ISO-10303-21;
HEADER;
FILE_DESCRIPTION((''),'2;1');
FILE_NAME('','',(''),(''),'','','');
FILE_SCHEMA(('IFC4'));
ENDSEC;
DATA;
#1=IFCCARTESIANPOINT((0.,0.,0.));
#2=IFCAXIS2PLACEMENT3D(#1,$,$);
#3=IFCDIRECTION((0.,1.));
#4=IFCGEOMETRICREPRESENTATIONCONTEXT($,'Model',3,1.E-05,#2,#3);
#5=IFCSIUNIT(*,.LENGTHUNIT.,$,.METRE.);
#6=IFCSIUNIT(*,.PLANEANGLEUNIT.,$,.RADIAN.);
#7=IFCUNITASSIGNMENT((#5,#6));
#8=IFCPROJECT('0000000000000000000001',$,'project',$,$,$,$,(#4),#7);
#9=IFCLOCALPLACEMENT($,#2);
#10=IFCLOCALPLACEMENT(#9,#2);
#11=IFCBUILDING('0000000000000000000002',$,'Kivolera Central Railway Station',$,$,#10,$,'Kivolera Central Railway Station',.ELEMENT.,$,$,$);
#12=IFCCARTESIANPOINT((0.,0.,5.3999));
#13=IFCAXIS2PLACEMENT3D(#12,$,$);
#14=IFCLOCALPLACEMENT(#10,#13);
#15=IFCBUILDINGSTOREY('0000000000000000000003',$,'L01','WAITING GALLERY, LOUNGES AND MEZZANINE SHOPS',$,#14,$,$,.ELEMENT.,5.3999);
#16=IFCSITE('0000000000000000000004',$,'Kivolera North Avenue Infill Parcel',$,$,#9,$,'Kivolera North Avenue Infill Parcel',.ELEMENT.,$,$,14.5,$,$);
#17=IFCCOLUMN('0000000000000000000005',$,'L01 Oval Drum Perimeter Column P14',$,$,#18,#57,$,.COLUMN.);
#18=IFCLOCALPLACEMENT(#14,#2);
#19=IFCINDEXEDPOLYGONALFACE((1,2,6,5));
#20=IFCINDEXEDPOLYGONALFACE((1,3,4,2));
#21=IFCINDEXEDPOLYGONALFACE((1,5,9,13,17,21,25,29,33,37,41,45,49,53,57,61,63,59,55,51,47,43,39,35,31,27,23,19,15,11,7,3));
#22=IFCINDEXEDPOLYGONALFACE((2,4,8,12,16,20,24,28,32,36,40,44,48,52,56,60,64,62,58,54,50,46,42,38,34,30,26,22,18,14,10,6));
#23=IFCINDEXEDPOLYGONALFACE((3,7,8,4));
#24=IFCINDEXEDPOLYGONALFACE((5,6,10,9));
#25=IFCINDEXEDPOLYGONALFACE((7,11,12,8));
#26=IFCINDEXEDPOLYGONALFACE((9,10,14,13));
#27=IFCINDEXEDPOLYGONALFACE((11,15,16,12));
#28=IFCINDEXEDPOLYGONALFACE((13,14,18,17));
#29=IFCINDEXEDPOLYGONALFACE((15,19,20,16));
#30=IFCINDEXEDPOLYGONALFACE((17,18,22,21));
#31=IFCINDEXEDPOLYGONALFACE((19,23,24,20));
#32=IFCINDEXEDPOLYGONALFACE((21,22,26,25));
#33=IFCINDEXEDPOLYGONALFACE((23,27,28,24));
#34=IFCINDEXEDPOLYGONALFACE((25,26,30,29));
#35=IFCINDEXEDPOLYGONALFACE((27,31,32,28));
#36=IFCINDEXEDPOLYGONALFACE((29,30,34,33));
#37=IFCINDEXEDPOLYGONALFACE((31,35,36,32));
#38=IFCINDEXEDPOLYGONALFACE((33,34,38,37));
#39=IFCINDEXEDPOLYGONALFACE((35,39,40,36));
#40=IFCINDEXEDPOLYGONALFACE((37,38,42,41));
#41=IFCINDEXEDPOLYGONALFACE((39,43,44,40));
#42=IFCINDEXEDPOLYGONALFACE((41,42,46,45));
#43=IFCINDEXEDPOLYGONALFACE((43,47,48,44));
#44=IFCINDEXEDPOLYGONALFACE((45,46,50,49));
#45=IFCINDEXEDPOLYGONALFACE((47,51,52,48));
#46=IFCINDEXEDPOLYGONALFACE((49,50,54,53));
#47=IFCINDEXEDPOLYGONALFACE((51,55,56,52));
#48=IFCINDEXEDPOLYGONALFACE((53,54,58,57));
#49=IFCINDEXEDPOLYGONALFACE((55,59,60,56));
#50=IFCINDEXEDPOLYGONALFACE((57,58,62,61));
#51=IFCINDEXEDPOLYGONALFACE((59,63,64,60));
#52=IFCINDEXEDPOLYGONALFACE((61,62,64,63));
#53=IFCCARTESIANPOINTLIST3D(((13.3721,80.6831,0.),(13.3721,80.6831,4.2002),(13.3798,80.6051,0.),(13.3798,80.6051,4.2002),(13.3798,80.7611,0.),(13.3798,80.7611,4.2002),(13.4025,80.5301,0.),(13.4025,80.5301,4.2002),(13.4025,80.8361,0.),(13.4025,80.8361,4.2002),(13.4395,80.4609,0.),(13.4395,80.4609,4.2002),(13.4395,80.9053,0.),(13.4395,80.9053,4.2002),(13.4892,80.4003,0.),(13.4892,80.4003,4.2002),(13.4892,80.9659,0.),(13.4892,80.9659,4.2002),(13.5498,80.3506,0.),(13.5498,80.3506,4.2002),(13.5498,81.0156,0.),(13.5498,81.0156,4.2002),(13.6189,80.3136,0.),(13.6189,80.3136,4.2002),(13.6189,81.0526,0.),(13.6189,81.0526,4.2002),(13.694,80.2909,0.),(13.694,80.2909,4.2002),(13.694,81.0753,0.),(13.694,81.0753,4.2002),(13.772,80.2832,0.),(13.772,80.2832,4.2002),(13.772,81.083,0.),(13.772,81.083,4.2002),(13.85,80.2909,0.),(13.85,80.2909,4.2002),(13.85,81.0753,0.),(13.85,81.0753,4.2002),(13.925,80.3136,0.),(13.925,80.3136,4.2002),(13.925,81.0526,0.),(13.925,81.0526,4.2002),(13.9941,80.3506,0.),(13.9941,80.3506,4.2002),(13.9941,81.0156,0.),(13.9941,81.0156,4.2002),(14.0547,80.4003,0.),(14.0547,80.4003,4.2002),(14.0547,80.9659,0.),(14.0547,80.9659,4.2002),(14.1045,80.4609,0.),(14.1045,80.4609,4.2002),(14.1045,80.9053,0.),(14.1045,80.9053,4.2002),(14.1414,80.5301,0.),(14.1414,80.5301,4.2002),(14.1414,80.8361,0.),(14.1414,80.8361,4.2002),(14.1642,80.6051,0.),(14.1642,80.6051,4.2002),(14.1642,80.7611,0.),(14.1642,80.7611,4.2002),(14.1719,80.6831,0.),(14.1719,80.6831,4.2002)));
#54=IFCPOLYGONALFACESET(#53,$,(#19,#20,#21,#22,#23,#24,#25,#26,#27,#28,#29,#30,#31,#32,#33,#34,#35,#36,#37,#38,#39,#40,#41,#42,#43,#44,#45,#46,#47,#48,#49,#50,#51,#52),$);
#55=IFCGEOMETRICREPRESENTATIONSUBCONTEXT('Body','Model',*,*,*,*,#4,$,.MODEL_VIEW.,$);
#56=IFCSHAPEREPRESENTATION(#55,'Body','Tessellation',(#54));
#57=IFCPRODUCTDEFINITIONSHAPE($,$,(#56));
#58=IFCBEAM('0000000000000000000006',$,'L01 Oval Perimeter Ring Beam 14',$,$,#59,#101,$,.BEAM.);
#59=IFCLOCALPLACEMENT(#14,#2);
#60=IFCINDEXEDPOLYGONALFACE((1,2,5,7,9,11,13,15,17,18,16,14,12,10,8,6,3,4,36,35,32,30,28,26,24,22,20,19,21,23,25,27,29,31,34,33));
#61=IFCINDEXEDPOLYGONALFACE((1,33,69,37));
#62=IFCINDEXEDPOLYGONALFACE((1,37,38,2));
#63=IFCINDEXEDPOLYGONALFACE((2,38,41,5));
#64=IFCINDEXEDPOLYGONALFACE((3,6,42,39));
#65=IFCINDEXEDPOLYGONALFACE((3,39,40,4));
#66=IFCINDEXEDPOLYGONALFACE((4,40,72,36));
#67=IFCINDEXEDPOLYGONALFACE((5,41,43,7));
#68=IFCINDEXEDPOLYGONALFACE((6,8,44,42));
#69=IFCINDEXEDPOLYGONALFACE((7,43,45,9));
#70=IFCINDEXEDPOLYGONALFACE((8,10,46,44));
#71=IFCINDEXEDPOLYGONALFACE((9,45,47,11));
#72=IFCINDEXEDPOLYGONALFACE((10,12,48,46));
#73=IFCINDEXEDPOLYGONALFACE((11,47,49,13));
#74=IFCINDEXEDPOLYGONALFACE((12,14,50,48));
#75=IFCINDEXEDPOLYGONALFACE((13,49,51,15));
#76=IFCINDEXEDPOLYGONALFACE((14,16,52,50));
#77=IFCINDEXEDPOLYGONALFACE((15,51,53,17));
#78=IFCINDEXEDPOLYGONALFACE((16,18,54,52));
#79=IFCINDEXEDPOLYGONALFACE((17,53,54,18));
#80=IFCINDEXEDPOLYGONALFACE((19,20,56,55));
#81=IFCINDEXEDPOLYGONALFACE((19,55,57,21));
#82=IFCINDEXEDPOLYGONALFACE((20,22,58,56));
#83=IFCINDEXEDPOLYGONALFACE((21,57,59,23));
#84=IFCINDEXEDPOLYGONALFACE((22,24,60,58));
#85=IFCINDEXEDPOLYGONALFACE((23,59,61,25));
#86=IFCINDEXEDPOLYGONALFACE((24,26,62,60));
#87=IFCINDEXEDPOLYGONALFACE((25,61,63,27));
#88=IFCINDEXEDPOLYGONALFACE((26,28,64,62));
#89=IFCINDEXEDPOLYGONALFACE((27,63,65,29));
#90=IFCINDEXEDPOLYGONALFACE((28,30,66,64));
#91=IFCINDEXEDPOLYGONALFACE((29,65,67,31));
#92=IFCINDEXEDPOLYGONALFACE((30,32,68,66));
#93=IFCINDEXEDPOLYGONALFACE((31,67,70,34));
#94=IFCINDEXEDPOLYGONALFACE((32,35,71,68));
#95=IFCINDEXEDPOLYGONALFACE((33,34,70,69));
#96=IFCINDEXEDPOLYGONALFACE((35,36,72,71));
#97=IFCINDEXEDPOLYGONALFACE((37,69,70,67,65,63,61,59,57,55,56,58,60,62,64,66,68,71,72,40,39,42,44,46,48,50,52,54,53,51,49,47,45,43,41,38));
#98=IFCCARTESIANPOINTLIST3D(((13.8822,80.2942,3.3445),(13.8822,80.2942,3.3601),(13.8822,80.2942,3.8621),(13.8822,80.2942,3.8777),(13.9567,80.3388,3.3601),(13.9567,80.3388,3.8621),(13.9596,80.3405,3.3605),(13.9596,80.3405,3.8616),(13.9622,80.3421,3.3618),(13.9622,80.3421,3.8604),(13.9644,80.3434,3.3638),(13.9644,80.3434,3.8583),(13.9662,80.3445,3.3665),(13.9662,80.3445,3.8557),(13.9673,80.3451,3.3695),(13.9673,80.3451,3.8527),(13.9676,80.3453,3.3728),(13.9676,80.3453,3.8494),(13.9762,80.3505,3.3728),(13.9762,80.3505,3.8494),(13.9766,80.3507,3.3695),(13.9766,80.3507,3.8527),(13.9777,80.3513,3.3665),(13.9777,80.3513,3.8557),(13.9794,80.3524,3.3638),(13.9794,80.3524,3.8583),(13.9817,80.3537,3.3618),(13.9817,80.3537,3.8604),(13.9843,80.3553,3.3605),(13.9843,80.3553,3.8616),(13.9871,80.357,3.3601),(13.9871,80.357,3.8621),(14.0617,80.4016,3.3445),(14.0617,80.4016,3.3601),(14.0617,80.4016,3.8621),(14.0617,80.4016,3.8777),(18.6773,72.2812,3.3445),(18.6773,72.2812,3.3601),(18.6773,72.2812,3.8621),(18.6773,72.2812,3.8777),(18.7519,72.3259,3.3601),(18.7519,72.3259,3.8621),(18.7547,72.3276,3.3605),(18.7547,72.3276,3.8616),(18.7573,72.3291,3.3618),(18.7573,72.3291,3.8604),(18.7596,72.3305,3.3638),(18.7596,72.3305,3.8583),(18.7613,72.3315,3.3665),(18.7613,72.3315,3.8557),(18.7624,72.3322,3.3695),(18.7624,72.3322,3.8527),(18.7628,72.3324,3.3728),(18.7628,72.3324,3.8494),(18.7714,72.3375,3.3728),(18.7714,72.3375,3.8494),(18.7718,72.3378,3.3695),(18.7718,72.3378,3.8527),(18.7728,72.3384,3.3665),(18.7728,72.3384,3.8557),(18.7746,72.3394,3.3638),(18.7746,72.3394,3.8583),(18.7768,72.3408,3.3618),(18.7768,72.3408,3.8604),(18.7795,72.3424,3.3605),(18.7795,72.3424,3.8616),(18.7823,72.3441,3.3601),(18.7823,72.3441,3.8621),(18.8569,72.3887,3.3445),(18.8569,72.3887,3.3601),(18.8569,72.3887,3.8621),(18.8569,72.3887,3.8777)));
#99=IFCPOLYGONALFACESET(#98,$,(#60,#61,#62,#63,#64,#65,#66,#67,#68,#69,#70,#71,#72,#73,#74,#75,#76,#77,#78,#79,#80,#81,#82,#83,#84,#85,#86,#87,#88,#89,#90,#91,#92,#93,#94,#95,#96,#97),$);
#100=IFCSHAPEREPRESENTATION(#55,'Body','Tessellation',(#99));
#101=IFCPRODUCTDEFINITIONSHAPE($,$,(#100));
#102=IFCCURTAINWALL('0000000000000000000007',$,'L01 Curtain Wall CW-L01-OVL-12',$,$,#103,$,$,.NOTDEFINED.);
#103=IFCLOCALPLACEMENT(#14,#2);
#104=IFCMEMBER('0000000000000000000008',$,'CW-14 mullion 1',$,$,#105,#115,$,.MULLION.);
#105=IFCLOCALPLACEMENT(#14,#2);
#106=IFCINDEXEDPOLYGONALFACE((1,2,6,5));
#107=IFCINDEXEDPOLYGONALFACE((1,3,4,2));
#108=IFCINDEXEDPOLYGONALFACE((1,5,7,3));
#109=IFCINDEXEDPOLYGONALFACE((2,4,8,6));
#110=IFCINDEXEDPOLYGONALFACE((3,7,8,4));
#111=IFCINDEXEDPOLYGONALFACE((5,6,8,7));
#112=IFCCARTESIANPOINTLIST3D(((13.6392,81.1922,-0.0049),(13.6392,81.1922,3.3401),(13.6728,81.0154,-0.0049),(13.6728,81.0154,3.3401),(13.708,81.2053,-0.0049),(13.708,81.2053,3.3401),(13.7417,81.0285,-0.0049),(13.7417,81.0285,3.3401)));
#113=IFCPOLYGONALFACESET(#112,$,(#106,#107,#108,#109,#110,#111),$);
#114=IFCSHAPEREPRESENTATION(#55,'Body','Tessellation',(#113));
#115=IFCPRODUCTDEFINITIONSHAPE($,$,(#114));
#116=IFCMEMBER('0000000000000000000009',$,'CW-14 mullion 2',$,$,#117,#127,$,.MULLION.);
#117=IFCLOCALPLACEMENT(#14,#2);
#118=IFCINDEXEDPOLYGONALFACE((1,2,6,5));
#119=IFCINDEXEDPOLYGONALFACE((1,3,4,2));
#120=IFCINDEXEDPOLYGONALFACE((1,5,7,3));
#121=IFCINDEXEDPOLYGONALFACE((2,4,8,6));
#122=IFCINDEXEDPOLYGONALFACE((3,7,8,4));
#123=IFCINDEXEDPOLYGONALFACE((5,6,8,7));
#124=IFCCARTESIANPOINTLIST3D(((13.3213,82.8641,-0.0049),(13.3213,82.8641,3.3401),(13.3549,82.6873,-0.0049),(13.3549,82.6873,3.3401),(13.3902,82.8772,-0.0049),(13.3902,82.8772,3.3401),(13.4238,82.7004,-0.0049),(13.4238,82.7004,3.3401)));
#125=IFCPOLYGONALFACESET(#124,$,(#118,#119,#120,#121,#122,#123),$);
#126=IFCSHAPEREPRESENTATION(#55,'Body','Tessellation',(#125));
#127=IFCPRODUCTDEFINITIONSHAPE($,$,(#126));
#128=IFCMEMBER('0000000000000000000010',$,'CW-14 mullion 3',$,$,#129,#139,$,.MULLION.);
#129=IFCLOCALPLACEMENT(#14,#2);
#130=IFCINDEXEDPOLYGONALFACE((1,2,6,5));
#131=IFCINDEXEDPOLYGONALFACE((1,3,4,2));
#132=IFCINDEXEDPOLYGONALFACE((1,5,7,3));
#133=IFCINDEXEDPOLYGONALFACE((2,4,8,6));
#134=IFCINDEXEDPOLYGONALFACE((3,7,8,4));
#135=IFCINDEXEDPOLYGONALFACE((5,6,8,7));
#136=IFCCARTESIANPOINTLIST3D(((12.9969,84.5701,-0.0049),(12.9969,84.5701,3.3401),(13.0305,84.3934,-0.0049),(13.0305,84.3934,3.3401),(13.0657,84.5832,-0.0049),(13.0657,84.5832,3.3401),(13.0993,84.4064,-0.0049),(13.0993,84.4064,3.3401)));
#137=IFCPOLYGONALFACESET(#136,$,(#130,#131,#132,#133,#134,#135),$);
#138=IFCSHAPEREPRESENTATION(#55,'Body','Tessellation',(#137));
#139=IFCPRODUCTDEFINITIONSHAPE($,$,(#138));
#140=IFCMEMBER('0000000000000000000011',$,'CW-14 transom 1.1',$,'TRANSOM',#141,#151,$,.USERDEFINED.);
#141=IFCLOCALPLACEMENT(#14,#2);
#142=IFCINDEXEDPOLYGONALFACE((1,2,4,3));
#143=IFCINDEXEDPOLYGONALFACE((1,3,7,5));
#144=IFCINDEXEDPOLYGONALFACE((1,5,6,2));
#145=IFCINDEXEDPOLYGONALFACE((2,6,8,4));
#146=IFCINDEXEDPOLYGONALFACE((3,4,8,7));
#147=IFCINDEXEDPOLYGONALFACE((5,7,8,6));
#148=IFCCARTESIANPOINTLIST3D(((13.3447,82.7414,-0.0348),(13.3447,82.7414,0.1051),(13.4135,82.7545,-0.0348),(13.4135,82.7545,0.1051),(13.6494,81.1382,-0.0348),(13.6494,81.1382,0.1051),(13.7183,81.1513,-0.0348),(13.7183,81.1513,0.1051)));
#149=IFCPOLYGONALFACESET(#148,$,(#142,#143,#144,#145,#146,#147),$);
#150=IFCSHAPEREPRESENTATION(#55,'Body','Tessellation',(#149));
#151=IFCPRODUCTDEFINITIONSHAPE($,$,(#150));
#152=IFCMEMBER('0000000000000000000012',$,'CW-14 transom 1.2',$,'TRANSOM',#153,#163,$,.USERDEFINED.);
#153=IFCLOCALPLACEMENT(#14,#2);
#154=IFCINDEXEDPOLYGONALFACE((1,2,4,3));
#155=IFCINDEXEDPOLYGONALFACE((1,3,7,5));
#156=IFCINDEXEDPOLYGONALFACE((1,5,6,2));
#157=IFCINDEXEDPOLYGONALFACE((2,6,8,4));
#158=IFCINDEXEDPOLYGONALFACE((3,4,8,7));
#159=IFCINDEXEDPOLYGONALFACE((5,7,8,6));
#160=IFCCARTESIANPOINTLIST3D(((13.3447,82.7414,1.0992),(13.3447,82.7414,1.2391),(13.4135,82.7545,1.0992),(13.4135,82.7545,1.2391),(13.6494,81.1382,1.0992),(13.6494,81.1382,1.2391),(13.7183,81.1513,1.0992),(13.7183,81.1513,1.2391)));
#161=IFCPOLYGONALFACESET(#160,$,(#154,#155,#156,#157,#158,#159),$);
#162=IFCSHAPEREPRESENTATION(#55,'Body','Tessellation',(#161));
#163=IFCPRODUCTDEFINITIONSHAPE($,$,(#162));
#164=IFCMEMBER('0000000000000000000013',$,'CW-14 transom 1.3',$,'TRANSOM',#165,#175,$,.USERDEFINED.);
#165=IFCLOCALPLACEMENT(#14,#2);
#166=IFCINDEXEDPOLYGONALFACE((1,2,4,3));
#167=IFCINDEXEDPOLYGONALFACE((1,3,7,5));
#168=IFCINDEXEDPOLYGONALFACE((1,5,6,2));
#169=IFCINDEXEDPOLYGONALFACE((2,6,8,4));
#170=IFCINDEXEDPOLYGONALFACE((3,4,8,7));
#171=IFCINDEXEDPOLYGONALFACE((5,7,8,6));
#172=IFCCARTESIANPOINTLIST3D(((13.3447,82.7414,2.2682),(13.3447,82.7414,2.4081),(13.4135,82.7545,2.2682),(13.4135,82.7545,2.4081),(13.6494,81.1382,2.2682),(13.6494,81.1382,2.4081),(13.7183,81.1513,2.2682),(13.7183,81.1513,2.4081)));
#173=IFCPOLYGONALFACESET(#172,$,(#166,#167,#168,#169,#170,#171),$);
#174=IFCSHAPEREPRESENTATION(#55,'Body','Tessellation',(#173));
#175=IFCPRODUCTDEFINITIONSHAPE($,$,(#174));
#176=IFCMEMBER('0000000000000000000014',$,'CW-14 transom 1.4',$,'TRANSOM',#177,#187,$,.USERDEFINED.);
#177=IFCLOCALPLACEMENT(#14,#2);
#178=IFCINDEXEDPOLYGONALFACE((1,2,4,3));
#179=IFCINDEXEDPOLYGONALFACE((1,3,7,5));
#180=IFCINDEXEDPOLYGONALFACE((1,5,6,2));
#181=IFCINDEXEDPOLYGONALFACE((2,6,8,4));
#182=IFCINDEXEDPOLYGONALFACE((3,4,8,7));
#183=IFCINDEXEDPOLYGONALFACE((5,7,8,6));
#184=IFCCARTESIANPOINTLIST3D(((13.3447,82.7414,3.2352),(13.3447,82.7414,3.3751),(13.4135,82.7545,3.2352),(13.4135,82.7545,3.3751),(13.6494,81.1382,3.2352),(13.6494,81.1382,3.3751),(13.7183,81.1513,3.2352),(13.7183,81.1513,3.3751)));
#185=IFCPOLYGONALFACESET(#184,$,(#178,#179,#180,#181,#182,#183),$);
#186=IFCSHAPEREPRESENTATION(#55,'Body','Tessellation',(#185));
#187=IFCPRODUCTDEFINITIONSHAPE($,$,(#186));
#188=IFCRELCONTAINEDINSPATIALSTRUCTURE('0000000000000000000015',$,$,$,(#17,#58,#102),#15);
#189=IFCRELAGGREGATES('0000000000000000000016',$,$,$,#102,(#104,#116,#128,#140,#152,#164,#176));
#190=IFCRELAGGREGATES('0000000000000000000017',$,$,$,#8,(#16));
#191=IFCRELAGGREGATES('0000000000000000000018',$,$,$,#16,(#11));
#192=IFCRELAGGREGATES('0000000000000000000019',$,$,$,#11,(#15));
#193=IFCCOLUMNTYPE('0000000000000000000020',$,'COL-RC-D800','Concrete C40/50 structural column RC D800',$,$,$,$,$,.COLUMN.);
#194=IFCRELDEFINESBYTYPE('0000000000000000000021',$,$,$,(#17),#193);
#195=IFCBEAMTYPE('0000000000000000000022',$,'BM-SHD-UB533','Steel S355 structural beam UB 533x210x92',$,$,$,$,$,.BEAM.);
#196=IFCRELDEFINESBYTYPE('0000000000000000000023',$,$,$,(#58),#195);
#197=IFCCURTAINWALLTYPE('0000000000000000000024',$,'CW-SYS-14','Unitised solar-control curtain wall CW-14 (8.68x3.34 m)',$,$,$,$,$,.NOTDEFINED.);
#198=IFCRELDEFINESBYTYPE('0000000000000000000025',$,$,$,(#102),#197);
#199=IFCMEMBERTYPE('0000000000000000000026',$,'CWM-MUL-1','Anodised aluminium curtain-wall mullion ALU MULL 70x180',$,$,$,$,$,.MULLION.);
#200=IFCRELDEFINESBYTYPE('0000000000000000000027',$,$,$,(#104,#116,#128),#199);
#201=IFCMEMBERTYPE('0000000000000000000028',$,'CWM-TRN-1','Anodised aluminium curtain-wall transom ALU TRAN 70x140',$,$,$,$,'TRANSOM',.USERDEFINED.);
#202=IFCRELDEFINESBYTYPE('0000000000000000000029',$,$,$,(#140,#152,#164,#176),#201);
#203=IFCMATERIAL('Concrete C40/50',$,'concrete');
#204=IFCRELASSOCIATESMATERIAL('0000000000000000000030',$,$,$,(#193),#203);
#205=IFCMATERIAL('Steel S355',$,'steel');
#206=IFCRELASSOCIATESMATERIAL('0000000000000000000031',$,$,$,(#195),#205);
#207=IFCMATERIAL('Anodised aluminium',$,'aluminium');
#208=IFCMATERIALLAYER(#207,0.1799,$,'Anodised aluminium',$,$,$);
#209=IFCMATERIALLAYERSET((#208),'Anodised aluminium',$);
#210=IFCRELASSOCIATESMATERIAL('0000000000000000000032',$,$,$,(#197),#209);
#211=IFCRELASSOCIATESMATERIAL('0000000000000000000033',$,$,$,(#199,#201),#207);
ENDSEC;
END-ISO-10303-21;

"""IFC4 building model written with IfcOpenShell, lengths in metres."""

from ifc_helpers import new_model, si_unit, direction, frame, origin, origin_2d, place, context, subcontext, project, spatial, rectangle, circle, i_section, extrude, material, layer, layer_set, material_profile, profile_set, type_object, element, aggregate, save


model = new_model("IFC4")

# Units and contexts
model_context = context("Model", 3, precision=1e-05, world=origin(), true_north=direction((0.0, 1.0)))
body_context = subcontext(model_context, "Body", "Model", "MODEL_VIEW")
ifc_project = project(units=[si_unit("LENGTHUNIT", "METRE"), si_unit("PLANEANGLEUNIT", "RADIAN")], contexts=[model_context])

# Site, building, storey
site_placement = place(None, origin())
site = spatial("IfcSite", under=ifc_project, at=site_placement, Name="Kivolera North Avenue Infill Parcel", LongName="Kivolera North Avenue Infill Parcel", CompositionType="ELEMENT", RefElevation=14.5)
building_placement = place(site_placement, origin())
building = spatial("IfcBuilding", under=site, at=building_placement, Name="Kivolera Central Railway Station", LongName="Kivolera Central Railway Station", CompositionType="ELEMENT")
storey_placement = place(building_placement, frame((0.0, 0.0, 5.3999)))
storey = spatial("IfcBuildingStorey", under=building, at=storey_placement, Name="L01", Description="WAITING GALLERY, LOUNGES AND MEZZANINE SHOPS", CompositionType="ELEMENT", Elevation=5.3999)

# Column
ifc_material_1 = material(Name="Concrete C40/50", Category="concrete")
ifc_material_profile_1 = material_profile(ifc_material_1, circle(Radius=0.3999, at=origin_2d()), Name="RC D800")
ifc_profile_set_1 = profile_set([ifc_material_profile_1], Name="Concrete C40/50")
column_type = type_object("IfcColumnType", Name="COL-RC-D800", Description="Concrete C40/50 structural column RC D800", PredefinedType="COLUMN", material=ifc_profile_set_1)
column_placement = place(storey_placement, frame((13.772, 80.6831, 0.0), z_axis=(0.0, 0.0, 1.0), x_axis=(1.0, 0.0, 0.0)))
element("IfcColumn", 1, at=column_placement, inside=storey, type_object=column_type, Name="L01 Oval Drum Perimeter Column P14", PredefinedType="COLUMN", context=body_context, shape_type="SweptSolid", body=[
    extrude(circle(Radius=0.3999, at=origin_2d()), origin(), (0.0, 0.0, 1.0), 4.2002),
])

# Beam
ifc_material_2 = material(Name="Steel S355", Category="steel")
ifc_material_profile_2 = material_profile(ifc_material_2, i_section(OverallWidth=0.2092, OverallDepth=0.5332, WebThickness=0.01, FlangeThickness=0.0156, FilletRadius=0.0127, at=origin_2d()), Name="UB 533x210x92")
ifc_profile_set_2 = profile_set([ifc_material_profile_2], Name="Steel S355")
beam_type = type_object("IfcBeamType", Name="BM-SHD-UB533", Description="Steel S355 structural beam UB 533x210x92", PredefinedType="BEAM", material=ifc_profile_set_2)
beam_placement = place(storey_placement, frame((13.9719, 80.3479, 3.6111), z_axis=(0.513503, -0.858088, 0.0), x_axis=(0.858088, 0.513503, 0.0)))
element("IfcBeam", 2, at=beam_placement, inside=storey, type_object=beam_type, Name="L01 Oval Perimeter Ring Beam 14", PredefinedType="BEAM", context=body_context, shape_type="SweptSolid", body=[
    extrude(i_section(OverallWidth=0.2092, OverallDepth=0.5332, WebThickness=0.01, FlangeThickness=0.0156, FilletRadius=0.0127, at=origin_2d()), origin(), (0.0, 0.0, 1.0), 9.3381),
])

# Curtain wall, members
ifc_material_3 = material(Name="Anodised aluminium", Category="aluminium")
ifc_layer_1 = layer(ifc_material_3, 0.1799, Name="Anodised aluminium")
ifc_layer_set_1 = layer_set([ifc_layer_1], Name="Anodised aluminium")
curtain_wall_type = type_object("IfcCurtainWallType", Name="CW-SYS-14", Description="Unitised solar-control curtain wall CW-14 (8.68x3.34 m)", PredefinedType="NOTDEFINED", material=ifc_layer_set_1)
curtain_wall_placement = place(storey_placement, origin())
curtain_wall = element("IfcCurtainWall", 3, at=curtain_wall_placement, inside=storey, type_object=curtain_wall_type, Name="L01 Curtain Wall CW-L01-OVL-12", PredefinedType="NOTDEFINED")
ifc_material_profile_3 = material_profile(ifc_material_3, rectangle(XDim=0.0701, YDim=0.1799, at=origin_2d()), Name="ALU MULL 70x180")
ifc_profile_set_3 = profile_set([ifc_material_profile_3], Name="Anodised aluminium")
member_type_1 = type_object("IfcMemberType", Name="CWM-MUL-1", Description="Anodised aluminium curtain-wall mullion ALU MULL 70x180", PredefinedType="MULLION", material=ifc_profile_set_3)
member_1_placement = place(storey_placement, frame((13.6904, 81.1104, -0.0049), z_axis=(0.0, 0.0, 1.0), x_axis=(-0.982401, -0.186784, 0.0)))
member_1 = element("IfcMember", 4, at=member_1_placement, type_object=member_type_1, Name="CW-14 mullion 1", PredefinedType="MULLION", context=body_context, shape_type="SweptSolid", body=[
    extrude(rectangle(XDim=0.0701, YDim=0.1799, at=origin_2d()), origin(), (0.0, 0.0, 1.0), 3.345),
])
member_2_placement = place(storey_placement, frame((13.3726, 82.7822, -0.0049), z_axis=(0.0, 0.0, 1.0), x_axis=(-0.982401, -0.186784, 0.0)))
member_2 = element("IfcMember", 5, at=member_2_placement, type_object=member_type_1, Name="CW-14 mullion 2", PredefinedType="MULLION", context=body_context, shape_type="SweptSolid", body=[
    extrude(rectangle(XDim=0.0701, YDim=0.1799, at=origin_2d()), origin(), (0.0, 0.0, 1.0), 3.345),
])
member_3_placement = place(storey_placement, frame((13.0481, 84.4883, -0.0049), z_axis=(0.0, 0.0, 1.0), x_axis=(-0.982401, -0.186784, 0.0)))
member_3 = element("IfcMember", 6, at=member_3_placement, type_object=member_type_1, Name="CW-14 mullion 3", PredefinedType="MULLION", context=body_context, shape_type="SweptSolid", body=[
    extrude(rectangle(XDim=0.0701, YDim=0.1799, at=origin_2d()), origin(), (0.0, 0.0, 1.0), 3.345),
])
ifc_material_profile_4 = material_profile(ifc_material_3, rectangle(XDim=0.0701, YDim=0.1399, at=origin_2d()), Name="ALU TRAN 70x140")
ifc_profile_set_4 = profile_set([ifc_material_profile_4], Name="Anodised aluminium")
member_type_2 = type_object("IfcMemberType", Name="CWM-TRN-1", Description="Anodised aluminium curtain-wall transom ALU TRAN 70x140", ElementType="TRANSOM", PredefinedType="USERDEFINED", material=ifc_profile_set_4)
member_4_placement = place(storey_placement, frame((13.6838, 81.1448, 0.0352), z_axis=(-0.186727, 0.982412, 0.0), x_axis=(-0.982412, -0.186727, 0.0)))
member_4 = element("IfcMember", 7, at=member_4_placement, type_object=member_type_2, Name="CW-14 transom 1.1", ObjectType="TRANSOM", PredefinedType="USERDEFINED", context=body_context, shape_type="SweptSolid", body=[
    extrude(rectangle(XDim=0.0701, YDim=0.1399, at=origin_2d()), origin(), (0.0, 0.0, 1.0), 1.6318),
])
member_5_placement = place(storey_placement, frame((13.6838, 81.1448, 1.1692), z_axis=(-0.186727, 0.982412, 0.0), x_axis=(-0.982412, -0.186727, 0.0)))
member_5 = element("IfcMember", 8, at=member_5_placement, type_object=member_type_2, Name="CW-14 transom 1.2", ObjectType="TRANSOM", PredefinedType="USERDEFINED", context=body_context, shape_type="SweptSolid", body=[
    extrude(rectangle(XDim=0.0701, YDim=0.1399, at=origin_2d()), origin(), (0.0, 0.0, 1.0), 1.6318),
])
member_6_placement = place(storey_placement, frame((13.6838, 81.1448, 2.3381), z_axis=(-0.186727, 0.982412, 0.0), x_axis=(-0.982412, -0.186727, 0.0)))
member_6 = element("IfcMember", 9, at=member_6_placement, type_object=member_type_2, Name="CW-14 transom 1.3", ObjectType="TRANSOM", PredefinedType="USERDEFINED", context=body_context, shape_type="SweptSolid", body=[
    extrude(rectangle(XDim=0.0701, YDim=0.1399, at=origin_2d()), origin(), (0.0, 0.0, 1.0), 1.6318),
])
member_7_placement = place(storey_placement, frame((13.6838, 81.1448, 3.3052), z_axis=(-0.186727, 0.982412, 0.0), x_axis=(-0.982412, -0.186727, 0.0)))
member_7 = element("IfcMember", 10, at=member_7_placement, type_object=member_type_2, Name="CW-14 transom 1.4", ObjectType="TRANSOM", PredefinedType="USERDEFINED", context=body_context, shape_type="SweptSolid", body=[
    extrude(rectangle(XDim=0.0701, YDim=0.1399, at=origin_2d()), origin(), (0.0, 0.0, 1.0), 1.6318),
])
aggregate(curtain_wall, [member_1, member_2, member_3, member_4, member_5, member_6, member_7])

save(model, "model.ifc")
